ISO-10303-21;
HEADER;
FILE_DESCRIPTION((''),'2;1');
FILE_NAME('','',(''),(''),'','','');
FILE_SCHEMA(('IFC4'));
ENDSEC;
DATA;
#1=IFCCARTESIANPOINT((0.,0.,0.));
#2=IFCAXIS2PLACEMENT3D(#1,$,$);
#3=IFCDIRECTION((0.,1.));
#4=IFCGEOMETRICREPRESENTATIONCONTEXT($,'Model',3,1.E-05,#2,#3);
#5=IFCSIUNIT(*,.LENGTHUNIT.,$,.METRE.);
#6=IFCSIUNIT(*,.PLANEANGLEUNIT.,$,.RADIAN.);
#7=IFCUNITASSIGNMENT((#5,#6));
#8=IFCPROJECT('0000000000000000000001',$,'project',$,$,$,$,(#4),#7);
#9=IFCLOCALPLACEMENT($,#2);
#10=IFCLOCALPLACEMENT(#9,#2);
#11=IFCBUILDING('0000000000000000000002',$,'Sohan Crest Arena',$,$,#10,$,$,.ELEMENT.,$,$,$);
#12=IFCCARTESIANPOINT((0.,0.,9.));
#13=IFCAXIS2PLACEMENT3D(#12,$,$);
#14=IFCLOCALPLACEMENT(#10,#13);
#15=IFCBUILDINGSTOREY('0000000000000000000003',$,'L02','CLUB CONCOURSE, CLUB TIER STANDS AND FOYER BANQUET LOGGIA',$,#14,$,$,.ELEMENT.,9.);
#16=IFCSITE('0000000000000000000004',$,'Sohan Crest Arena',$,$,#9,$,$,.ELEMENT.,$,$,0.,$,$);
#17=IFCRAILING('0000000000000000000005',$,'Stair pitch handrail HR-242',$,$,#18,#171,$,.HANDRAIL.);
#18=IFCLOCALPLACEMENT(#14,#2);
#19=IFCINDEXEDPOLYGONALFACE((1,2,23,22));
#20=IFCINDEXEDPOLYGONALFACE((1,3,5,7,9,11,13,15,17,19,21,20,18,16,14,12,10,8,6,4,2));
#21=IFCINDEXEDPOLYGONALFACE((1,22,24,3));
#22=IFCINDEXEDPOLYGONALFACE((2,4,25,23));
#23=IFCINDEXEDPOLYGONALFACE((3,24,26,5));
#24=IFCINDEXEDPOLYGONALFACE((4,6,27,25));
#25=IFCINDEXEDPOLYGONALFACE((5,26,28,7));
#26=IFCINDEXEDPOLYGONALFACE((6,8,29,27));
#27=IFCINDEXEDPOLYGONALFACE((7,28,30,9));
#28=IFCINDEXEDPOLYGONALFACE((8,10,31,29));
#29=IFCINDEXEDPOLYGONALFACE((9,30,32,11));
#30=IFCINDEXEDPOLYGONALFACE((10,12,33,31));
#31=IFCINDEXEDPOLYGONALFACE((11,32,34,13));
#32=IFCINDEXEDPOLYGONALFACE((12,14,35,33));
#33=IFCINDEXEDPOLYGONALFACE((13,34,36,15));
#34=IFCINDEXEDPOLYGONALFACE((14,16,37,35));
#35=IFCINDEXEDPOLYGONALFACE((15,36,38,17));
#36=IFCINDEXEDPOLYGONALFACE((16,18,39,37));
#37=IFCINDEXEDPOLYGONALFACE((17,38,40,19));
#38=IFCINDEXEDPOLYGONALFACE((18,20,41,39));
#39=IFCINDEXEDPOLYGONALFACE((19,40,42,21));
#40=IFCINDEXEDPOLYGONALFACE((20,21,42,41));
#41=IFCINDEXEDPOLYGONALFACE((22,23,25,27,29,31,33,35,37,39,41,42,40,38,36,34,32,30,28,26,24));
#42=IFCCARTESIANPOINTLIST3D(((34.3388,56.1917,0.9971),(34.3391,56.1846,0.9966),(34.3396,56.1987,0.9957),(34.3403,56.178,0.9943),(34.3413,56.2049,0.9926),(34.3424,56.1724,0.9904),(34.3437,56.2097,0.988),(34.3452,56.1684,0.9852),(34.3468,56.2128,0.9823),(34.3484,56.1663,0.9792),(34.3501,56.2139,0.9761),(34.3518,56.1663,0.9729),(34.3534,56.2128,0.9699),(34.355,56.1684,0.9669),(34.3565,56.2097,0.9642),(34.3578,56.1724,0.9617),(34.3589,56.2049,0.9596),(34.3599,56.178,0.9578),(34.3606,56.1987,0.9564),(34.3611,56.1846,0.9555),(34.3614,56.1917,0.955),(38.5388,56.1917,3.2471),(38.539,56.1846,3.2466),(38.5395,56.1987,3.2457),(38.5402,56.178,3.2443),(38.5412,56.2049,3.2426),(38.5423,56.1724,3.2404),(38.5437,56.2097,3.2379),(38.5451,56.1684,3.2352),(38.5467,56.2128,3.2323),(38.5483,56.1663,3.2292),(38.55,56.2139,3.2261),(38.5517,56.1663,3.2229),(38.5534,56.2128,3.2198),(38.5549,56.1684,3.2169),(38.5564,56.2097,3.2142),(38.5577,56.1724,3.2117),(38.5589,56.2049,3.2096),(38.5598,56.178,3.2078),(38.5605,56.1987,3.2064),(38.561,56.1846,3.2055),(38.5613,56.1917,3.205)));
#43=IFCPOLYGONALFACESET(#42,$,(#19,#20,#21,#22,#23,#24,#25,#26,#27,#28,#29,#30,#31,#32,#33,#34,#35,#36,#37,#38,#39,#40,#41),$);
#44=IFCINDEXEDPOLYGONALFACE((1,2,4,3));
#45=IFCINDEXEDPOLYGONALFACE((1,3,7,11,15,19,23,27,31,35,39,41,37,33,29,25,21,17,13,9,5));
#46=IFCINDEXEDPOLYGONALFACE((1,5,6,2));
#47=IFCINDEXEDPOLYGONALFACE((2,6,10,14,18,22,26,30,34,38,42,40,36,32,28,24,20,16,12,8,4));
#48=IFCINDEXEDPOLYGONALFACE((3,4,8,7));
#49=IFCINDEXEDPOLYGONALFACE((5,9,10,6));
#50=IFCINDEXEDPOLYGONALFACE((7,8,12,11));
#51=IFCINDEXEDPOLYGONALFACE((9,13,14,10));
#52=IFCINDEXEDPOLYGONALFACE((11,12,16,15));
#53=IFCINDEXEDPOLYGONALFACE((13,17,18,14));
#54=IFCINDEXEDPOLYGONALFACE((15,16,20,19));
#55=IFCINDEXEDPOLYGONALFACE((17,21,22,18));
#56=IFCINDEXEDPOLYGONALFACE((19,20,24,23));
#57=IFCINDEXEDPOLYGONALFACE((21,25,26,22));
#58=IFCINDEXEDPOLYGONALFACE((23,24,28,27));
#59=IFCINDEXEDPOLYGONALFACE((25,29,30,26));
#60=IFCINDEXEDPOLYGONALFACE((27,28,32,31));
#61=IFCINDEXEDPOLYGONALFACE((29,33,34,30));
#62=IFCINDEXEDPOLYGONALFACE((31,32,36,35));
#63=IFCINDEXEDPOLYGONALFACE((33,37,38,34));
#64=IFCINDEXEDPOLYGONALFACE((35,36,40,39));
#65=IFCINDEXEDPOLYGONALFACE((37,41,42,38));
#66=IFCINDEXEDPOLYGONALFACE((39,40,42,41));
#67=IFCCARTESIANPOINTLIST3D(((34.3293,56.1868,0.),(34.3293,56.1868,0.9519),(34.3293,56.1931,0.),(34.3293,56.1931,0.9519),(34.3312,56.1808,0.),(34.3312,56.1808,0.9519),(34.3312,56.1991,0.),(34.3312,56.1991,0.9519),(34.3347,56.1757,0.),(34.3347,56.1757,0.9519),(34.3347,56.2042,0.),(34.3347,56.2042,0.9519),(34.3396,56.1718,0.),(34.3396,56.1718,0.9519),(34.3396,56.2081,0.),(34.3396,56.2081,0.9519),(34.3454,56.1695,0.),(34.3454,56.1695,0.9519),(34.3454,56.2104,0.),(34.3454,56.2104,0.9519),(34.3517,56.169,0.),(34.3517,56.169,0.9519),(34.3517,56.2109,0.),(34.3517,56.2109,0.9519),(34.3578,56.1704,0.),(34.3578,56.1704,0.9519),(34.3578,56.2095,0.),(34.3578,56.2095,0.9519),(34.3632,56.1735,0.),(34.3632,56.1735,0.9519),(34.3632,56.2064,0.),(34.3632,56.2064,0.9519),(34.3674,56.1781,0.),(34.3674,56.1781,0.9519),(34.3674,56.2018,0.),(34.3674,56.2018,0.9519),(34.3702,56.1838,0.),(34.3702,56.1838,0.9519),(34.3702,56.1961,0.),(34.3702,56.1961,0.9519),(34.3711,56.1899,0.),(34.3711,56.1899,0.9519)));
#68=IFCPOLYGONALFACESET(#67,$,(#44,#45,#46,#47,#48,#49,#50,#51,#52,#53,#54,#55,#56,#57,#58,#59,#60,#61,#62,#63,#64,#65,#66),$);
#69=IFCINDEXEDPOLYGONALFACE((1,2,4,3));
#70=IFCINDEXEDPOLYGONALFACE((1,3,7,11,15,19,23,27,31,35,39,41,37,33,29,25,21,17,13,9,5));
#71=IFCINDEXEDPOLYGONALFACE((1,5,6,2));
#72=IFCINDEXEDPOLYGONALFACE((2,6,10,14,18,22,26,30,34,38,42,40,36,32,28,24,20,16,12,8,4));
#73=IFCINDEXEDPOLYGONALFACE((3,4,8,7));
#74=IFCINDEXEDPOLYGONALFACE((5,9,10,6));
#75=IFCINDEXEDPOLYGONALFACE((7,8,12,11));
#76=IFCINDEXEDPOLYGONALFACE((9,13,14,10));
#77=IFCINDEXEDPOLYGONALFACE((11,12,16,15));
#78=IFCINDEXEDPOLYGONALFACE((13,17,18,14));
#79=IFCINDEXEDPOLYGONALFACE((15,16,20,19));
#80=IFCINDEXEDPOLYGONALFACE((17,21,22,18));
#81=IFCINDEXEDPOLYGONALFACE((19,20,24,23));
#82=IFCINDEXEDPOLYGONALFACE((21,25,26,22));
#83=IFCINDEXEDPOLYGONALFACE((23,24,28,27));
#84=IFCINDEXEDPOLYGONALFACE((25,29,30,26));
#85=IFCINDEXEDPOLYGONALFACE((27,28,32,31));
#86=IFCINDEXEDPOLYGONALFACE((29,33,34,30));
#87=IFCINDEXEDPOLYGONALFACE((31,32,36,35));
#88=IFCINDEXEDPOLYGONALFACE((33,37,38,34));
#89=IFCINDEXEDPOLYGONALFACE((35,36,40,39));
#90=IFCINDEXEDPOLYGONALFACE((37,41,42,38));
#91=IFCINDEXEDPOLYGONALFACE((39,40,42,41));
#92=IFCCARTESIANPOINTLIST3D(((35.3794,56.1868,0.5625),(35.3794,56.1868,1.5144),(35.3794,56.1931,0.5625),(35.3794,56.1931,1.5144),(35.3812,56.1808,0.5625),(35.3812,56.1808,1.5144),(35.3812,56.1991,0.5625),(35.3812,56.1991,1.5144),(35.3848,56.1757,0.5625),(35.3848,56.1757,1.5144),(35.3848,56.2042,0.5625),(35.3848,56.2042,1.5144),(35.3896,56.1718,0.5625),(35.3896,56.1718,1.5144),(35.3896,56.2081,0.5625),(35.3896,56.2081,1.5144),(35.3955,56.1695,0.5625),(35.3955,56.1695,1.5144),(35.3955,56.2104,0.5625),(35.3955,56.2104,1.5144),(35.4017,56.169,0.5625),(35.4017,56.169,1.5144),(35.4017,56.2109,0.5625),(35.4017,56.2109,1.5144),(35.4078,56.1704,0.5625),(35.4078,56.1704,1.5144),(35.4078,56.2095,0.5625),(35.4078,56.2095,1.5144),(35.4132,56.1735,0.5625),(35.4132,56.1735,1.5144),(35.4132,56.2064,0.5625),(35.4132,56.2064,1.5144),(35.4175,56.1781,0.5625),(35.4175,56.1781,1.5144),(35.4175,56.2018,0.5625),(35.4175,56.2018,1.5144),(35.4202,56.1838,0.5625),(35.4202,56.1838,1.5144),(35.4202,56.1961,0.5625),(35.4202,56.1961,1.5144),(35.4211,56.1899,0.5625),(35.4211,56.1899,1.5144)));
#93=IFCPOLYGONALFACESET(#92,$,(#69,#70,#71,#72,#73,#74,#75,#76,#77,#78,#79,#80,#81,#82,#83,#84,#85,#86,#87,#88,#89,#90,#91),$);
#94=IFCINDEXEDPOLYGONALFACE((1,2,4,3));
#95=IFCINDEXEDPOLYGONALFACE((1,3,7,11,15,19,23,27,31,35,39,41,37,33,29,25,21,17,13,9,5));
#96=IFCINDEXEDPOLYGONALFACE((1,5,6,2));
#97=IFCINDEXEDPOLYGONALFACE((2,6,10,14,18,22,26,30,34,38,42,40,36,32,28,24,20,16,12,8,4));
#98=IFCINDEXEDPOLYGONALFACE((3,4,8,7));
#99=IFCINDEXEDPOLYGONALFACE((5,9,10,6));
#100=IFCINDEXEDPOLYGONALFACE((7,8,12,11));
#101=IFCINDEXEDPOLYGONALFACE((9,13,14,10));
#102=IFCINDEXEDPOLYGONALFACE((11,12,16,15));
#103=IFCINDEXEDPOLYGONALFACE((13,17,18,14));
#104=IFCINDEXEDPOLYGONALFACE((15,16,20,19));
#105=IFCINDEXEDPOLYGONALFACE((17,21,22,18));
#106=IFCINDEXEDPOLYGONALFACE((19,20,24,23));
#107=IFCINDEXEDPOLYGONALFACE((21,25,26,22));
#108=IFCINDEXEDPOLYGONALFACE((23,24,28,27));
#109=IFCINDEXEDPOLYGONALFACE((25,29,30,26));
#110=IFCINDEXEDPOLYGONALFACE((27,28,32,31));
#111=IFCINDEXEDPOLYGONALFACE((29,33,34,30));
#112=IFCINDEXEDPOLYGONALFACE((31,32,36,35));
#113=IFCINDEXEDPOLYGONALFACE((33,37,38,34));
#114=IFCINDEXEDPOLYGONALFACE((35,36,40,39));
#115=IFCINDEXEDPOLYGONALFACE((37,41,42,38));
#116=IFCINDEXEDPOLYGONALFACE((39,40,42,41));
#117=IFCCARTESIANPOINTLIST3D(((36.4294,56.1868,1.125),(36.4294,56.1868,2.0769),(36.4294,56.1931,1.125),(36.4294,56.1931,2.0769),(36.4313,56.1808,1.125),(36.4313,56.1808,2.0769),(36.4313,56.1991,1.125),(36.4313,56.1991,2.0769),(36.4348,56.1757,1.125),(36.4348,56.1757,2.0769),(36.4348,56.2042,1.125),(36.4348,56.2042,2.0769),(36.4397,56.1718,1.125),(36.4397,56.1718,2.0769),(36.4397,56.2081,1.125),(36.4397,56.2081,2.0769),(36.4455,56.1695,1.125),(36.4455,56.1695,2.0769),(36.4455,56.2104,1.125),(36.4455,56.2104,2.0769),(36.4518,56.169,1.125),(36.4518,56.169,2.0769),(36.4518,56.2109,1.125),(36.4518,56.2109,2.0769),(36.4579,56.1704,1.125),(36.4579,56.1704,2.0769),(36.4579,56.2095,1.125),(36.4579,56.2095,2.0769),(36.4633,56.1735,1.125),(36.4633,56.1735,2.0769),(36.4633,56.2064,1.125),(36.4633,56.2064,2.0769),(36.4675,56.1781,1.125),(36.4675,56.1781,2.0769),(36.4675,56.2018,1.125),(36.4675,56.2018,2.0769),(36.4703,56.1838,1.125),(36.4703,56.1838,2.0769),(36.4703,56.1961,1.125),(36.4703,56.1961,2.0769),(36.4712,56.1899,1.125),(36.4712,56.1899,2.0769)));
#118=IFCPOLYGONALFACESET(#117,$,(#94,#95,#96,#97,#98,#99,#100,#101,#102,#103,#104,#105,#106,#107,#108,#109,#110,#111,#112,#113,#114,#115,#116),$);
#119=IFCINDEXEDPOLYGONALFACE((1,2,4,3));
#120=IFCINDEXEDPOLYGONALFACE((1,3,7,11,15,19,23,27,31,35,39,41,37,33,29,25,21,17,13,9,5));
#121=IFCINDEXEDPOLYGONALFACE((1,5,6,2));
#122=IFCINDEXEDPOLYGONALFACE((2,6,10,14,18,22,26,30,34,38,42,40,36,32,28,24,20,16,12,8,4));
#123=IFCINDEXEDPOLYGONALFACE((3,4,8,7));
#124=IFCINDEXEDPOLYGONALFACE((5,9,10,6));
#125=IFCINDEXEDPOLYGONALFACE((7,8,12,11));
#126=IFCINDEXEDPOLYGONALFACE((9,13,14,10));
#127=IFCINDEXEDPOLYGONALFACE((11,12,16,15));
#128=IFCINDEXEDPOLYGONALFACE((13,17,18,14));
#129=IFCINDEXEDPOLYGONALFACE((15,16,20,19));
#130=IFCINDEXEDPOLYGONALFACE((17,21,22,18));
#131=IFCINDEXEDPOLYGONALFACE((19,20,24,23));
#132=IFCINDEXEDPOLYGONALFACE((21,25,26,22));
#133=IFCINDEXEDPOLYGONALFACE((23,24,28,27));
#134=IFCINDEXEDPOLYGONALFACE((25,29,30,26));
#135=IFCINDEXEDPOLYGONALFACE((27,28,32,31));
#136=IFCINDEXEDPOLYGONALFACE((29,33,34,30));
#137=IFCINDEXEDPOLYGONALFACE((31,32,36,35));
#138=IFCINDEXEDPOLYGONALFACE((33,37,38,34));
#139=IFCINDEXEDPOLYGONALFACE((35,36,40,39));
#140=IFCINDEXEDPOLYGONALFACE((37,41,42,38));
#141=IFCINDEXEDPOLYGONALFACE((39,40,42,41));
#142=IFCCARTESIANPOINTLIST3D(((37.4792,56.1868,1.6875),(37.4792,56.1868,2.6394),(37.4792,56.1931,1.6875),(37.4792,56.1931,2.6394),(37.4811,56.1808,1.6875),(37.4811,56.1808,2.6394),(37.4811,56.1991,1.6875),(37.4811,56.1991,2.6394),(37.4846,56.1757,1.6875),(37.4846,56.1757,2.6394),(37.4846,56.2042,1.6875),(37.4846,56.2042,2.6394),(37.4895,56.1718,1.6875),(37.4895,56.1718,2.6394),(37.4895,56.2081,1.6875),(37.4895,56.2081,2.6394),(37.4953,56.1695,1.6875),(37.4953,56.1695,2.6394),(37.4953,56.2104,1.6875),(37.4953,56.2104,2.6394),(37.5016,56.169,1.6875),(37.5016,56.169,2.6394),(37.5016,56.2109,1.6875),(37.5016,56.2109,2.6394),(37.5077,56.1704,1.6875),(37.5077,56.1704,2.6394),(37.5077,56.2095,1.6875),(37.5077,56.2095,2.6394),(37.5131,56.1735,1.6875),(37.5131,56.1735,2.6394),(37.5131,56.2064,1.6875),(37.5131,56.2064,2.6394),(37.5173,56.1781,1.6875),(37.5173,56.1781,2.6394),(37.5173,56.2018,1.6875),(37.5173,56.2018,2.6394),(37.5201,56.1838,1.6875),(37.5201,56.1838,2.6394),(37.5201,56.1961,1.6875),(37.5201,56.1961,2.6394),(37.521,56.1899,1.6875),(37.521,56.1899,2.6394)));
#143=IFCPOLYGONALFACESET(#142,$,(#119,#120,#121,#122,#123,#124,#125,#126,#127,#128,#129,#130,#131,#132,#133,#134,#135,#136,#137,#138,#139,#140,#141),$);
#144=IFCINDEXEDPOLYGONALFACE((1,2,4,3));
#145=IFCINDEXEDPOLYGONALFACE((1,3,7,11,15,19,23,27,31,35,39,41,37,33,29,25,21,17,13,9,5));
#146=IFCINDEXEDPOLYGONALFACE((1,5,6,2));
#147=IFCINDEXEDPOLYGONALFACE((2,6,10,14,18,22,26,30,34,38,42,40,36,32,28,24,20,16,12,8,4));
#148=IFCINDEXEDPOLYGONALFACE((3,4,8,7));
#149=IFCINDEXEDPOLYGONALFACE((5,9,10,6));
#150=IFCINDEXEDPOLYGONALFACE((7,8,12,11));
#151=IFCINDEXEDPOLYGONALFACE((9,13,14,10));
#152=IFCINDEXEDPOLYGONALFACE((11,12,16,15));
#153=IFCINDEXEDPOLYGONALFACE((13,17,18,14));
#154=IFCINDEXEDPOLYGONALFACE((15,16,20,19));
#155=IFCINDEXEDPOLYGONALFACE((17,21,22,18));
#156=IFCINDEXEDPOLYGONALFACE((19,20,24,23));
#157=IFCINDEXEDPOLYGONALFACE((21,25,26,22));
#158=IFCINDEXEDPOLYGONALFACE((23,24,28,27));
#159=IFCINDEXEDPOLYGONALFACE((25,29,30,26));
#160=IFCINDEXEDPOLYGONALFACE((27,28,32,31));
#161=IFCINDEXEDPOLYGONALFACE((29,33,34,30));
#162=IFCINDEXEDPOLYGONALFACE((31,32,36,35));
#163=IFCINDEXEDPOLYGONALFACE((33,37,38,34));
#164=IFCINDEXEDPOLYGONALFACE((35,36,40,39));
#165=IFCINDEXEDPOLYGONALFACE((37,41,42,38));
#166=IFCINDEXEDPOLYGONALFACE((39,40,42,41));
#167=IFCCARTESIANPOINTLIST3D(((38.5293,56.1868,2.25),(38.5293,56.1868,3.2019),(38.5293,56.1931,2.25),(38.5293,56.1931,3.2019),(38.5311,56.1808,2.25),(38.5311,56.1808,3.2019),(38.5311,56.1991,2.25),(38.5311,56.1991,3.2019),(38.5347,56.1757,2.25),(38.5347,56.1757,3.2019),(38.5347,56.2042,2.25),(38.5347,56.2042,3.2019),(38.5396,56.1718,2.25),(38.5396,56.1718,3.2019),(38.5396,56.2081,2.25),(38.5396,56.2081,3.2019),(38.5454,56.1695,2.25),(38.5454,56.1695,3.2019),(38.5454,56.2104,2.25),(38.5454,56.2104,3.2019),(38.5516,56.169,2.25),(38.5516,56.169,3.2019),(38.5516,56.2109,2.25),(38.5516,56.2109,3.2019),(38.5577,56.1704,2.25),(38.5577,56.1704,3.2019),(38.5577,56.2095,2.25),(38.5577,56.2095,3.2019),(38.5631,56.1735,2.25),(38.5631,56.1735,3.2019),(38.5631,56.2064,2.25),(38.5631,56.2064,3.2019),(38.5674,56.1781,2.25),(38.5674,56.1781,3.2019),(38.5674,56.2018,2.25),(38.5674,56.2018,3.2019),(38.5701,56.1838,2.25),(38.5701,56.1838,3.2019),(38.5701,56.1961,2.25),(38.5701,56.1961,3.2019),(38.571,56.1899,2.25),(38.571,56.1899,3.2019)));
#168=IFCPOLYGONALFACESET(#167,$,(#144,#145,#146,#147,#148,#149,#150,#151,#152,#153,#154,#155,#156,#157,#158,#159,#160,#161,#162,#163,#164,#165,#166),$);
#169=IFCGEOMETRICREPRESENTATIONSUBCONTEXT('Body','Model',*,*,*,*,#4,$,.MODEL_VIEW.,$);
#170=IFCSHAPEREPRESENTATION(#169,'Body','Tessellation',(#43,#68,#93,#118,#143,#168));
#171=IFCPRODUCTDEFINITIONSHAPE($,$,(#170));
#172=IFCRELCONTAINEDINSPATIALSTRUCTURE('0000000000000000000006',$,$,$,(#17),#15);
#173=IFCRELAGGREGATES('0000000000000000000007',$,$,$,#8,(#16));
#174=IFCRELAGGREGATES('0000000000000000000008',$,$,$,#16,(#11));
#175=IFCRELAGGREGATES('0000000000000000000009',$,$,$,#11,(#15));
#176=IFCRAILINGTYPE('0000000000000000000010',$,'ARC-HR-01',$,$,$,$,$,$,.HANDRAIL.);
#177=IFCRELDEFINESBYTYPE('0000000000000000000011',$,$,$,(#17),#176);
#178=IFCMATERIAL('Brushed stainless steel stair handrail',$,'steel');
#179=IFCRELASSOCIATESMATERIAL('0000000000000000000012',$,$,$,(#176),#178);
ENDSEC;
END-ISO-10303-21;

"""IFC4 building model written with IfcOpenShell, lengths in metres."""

from ifc_helpers import new_model, si_unit, direction, frame, origin, origin_2d, place, context, subcontext, project, spatial, circle, extrude, material, type_object, element, save


model = new_model("IFC4")

# Units and contexts
model_context = context("Model", 3, precision=1e-05, world=origin(), true_north=direction((0.0, 1.0)))
body_context = subcontext(model_context, "Body", "Model", "MODEL_VIEW")
ifc_project = project(units=[si_unit("LENGTHUNIT", "METRE"), si_unit("PLANEANGLEUNIT", "RADIAN")], contexts=[model_context])

# Site, building, storey
site_placement = place(None, origin())
site = spatial("IfcSite", under=ifc_project, at=site_placement, Name="Sohan Crest Arena", CompositionType="ELEMENT", RefElevation=0.0)
building_placement = place(site_placement, origin())
building = spatial("IfcBuilding", under=site, at=building_placement, Name="Sohan Crest Arena", CompositionType="ELEMENT")
storey_placement = place(building_placement, frame((0.0, 0.0, 9.0)))
storey = spatial("IfcBuildingStorey", under=building, at=storey_placement, Name="L02", Description="CLUB CONCOURSE, CLUB TIER STANDS AND FOYER BANQUET LOGGIA", CompositionType="ELEMENT", Elevation=9.0)

# Railing
ifc_material_1 = material(Name="Brushed stainless steel stair handrail", Category="steel")
railing_type = type_object("IfcRailingType", Name="ARC-HR-01", PredefinedType="HANDRAIL", material=ifc_material_1)
for number, where, name in (
    (1, (34.3501, 56.1899, 0.0), "Stair pitch handrail HR-242"),
):
    element("IfcRailing", number, at=place(storey_placement, frame(where)), inside=storey, type_object=railing_type, Name=name, PredefinedType="HANDRAIL", context=body_context, shape_type="SweptSolid", body=[
        extrude(circle(Radius=0.0239, at=origin_2d()), frame((0.0, 0.0, 0.9761), z_axis=(0.881478, 0.0, 0.472226), x_axis=(0.0, 1.0, 0.0)), (0.0, 0.0, 1.0), 4.7646),
        extrude(circle(Radius=0.021, at=origin_2d()), origin(), (0.0, 0.0, 1.0), 0.9519),
        extrude(circle(Radius=0.021, at=origin_2d()), frame((1.05, 0.0, 0.5625)), (0.0, 0.0, 1.0), 0.9519),
        extrude(circle(Radius=0.021, at=origin_2d()), frame((2.1001, 0.0, 1.125)), (0.0, 0.0, 1.0), 0.9519),
        extrude(circle(Radius=0.021, at=origin_2d()), frame((3.1499, 0.0, 1.6875)), (0.0, 0.0, 1.0), 0.9519),
        extrude(circle(Radius=0.021, at=origin_2d()), frame((4.2, 0.0, 2.25)), (0.0, 0.0, 1.0), 0.9519),
    ])

save(model, "model.ifc")
